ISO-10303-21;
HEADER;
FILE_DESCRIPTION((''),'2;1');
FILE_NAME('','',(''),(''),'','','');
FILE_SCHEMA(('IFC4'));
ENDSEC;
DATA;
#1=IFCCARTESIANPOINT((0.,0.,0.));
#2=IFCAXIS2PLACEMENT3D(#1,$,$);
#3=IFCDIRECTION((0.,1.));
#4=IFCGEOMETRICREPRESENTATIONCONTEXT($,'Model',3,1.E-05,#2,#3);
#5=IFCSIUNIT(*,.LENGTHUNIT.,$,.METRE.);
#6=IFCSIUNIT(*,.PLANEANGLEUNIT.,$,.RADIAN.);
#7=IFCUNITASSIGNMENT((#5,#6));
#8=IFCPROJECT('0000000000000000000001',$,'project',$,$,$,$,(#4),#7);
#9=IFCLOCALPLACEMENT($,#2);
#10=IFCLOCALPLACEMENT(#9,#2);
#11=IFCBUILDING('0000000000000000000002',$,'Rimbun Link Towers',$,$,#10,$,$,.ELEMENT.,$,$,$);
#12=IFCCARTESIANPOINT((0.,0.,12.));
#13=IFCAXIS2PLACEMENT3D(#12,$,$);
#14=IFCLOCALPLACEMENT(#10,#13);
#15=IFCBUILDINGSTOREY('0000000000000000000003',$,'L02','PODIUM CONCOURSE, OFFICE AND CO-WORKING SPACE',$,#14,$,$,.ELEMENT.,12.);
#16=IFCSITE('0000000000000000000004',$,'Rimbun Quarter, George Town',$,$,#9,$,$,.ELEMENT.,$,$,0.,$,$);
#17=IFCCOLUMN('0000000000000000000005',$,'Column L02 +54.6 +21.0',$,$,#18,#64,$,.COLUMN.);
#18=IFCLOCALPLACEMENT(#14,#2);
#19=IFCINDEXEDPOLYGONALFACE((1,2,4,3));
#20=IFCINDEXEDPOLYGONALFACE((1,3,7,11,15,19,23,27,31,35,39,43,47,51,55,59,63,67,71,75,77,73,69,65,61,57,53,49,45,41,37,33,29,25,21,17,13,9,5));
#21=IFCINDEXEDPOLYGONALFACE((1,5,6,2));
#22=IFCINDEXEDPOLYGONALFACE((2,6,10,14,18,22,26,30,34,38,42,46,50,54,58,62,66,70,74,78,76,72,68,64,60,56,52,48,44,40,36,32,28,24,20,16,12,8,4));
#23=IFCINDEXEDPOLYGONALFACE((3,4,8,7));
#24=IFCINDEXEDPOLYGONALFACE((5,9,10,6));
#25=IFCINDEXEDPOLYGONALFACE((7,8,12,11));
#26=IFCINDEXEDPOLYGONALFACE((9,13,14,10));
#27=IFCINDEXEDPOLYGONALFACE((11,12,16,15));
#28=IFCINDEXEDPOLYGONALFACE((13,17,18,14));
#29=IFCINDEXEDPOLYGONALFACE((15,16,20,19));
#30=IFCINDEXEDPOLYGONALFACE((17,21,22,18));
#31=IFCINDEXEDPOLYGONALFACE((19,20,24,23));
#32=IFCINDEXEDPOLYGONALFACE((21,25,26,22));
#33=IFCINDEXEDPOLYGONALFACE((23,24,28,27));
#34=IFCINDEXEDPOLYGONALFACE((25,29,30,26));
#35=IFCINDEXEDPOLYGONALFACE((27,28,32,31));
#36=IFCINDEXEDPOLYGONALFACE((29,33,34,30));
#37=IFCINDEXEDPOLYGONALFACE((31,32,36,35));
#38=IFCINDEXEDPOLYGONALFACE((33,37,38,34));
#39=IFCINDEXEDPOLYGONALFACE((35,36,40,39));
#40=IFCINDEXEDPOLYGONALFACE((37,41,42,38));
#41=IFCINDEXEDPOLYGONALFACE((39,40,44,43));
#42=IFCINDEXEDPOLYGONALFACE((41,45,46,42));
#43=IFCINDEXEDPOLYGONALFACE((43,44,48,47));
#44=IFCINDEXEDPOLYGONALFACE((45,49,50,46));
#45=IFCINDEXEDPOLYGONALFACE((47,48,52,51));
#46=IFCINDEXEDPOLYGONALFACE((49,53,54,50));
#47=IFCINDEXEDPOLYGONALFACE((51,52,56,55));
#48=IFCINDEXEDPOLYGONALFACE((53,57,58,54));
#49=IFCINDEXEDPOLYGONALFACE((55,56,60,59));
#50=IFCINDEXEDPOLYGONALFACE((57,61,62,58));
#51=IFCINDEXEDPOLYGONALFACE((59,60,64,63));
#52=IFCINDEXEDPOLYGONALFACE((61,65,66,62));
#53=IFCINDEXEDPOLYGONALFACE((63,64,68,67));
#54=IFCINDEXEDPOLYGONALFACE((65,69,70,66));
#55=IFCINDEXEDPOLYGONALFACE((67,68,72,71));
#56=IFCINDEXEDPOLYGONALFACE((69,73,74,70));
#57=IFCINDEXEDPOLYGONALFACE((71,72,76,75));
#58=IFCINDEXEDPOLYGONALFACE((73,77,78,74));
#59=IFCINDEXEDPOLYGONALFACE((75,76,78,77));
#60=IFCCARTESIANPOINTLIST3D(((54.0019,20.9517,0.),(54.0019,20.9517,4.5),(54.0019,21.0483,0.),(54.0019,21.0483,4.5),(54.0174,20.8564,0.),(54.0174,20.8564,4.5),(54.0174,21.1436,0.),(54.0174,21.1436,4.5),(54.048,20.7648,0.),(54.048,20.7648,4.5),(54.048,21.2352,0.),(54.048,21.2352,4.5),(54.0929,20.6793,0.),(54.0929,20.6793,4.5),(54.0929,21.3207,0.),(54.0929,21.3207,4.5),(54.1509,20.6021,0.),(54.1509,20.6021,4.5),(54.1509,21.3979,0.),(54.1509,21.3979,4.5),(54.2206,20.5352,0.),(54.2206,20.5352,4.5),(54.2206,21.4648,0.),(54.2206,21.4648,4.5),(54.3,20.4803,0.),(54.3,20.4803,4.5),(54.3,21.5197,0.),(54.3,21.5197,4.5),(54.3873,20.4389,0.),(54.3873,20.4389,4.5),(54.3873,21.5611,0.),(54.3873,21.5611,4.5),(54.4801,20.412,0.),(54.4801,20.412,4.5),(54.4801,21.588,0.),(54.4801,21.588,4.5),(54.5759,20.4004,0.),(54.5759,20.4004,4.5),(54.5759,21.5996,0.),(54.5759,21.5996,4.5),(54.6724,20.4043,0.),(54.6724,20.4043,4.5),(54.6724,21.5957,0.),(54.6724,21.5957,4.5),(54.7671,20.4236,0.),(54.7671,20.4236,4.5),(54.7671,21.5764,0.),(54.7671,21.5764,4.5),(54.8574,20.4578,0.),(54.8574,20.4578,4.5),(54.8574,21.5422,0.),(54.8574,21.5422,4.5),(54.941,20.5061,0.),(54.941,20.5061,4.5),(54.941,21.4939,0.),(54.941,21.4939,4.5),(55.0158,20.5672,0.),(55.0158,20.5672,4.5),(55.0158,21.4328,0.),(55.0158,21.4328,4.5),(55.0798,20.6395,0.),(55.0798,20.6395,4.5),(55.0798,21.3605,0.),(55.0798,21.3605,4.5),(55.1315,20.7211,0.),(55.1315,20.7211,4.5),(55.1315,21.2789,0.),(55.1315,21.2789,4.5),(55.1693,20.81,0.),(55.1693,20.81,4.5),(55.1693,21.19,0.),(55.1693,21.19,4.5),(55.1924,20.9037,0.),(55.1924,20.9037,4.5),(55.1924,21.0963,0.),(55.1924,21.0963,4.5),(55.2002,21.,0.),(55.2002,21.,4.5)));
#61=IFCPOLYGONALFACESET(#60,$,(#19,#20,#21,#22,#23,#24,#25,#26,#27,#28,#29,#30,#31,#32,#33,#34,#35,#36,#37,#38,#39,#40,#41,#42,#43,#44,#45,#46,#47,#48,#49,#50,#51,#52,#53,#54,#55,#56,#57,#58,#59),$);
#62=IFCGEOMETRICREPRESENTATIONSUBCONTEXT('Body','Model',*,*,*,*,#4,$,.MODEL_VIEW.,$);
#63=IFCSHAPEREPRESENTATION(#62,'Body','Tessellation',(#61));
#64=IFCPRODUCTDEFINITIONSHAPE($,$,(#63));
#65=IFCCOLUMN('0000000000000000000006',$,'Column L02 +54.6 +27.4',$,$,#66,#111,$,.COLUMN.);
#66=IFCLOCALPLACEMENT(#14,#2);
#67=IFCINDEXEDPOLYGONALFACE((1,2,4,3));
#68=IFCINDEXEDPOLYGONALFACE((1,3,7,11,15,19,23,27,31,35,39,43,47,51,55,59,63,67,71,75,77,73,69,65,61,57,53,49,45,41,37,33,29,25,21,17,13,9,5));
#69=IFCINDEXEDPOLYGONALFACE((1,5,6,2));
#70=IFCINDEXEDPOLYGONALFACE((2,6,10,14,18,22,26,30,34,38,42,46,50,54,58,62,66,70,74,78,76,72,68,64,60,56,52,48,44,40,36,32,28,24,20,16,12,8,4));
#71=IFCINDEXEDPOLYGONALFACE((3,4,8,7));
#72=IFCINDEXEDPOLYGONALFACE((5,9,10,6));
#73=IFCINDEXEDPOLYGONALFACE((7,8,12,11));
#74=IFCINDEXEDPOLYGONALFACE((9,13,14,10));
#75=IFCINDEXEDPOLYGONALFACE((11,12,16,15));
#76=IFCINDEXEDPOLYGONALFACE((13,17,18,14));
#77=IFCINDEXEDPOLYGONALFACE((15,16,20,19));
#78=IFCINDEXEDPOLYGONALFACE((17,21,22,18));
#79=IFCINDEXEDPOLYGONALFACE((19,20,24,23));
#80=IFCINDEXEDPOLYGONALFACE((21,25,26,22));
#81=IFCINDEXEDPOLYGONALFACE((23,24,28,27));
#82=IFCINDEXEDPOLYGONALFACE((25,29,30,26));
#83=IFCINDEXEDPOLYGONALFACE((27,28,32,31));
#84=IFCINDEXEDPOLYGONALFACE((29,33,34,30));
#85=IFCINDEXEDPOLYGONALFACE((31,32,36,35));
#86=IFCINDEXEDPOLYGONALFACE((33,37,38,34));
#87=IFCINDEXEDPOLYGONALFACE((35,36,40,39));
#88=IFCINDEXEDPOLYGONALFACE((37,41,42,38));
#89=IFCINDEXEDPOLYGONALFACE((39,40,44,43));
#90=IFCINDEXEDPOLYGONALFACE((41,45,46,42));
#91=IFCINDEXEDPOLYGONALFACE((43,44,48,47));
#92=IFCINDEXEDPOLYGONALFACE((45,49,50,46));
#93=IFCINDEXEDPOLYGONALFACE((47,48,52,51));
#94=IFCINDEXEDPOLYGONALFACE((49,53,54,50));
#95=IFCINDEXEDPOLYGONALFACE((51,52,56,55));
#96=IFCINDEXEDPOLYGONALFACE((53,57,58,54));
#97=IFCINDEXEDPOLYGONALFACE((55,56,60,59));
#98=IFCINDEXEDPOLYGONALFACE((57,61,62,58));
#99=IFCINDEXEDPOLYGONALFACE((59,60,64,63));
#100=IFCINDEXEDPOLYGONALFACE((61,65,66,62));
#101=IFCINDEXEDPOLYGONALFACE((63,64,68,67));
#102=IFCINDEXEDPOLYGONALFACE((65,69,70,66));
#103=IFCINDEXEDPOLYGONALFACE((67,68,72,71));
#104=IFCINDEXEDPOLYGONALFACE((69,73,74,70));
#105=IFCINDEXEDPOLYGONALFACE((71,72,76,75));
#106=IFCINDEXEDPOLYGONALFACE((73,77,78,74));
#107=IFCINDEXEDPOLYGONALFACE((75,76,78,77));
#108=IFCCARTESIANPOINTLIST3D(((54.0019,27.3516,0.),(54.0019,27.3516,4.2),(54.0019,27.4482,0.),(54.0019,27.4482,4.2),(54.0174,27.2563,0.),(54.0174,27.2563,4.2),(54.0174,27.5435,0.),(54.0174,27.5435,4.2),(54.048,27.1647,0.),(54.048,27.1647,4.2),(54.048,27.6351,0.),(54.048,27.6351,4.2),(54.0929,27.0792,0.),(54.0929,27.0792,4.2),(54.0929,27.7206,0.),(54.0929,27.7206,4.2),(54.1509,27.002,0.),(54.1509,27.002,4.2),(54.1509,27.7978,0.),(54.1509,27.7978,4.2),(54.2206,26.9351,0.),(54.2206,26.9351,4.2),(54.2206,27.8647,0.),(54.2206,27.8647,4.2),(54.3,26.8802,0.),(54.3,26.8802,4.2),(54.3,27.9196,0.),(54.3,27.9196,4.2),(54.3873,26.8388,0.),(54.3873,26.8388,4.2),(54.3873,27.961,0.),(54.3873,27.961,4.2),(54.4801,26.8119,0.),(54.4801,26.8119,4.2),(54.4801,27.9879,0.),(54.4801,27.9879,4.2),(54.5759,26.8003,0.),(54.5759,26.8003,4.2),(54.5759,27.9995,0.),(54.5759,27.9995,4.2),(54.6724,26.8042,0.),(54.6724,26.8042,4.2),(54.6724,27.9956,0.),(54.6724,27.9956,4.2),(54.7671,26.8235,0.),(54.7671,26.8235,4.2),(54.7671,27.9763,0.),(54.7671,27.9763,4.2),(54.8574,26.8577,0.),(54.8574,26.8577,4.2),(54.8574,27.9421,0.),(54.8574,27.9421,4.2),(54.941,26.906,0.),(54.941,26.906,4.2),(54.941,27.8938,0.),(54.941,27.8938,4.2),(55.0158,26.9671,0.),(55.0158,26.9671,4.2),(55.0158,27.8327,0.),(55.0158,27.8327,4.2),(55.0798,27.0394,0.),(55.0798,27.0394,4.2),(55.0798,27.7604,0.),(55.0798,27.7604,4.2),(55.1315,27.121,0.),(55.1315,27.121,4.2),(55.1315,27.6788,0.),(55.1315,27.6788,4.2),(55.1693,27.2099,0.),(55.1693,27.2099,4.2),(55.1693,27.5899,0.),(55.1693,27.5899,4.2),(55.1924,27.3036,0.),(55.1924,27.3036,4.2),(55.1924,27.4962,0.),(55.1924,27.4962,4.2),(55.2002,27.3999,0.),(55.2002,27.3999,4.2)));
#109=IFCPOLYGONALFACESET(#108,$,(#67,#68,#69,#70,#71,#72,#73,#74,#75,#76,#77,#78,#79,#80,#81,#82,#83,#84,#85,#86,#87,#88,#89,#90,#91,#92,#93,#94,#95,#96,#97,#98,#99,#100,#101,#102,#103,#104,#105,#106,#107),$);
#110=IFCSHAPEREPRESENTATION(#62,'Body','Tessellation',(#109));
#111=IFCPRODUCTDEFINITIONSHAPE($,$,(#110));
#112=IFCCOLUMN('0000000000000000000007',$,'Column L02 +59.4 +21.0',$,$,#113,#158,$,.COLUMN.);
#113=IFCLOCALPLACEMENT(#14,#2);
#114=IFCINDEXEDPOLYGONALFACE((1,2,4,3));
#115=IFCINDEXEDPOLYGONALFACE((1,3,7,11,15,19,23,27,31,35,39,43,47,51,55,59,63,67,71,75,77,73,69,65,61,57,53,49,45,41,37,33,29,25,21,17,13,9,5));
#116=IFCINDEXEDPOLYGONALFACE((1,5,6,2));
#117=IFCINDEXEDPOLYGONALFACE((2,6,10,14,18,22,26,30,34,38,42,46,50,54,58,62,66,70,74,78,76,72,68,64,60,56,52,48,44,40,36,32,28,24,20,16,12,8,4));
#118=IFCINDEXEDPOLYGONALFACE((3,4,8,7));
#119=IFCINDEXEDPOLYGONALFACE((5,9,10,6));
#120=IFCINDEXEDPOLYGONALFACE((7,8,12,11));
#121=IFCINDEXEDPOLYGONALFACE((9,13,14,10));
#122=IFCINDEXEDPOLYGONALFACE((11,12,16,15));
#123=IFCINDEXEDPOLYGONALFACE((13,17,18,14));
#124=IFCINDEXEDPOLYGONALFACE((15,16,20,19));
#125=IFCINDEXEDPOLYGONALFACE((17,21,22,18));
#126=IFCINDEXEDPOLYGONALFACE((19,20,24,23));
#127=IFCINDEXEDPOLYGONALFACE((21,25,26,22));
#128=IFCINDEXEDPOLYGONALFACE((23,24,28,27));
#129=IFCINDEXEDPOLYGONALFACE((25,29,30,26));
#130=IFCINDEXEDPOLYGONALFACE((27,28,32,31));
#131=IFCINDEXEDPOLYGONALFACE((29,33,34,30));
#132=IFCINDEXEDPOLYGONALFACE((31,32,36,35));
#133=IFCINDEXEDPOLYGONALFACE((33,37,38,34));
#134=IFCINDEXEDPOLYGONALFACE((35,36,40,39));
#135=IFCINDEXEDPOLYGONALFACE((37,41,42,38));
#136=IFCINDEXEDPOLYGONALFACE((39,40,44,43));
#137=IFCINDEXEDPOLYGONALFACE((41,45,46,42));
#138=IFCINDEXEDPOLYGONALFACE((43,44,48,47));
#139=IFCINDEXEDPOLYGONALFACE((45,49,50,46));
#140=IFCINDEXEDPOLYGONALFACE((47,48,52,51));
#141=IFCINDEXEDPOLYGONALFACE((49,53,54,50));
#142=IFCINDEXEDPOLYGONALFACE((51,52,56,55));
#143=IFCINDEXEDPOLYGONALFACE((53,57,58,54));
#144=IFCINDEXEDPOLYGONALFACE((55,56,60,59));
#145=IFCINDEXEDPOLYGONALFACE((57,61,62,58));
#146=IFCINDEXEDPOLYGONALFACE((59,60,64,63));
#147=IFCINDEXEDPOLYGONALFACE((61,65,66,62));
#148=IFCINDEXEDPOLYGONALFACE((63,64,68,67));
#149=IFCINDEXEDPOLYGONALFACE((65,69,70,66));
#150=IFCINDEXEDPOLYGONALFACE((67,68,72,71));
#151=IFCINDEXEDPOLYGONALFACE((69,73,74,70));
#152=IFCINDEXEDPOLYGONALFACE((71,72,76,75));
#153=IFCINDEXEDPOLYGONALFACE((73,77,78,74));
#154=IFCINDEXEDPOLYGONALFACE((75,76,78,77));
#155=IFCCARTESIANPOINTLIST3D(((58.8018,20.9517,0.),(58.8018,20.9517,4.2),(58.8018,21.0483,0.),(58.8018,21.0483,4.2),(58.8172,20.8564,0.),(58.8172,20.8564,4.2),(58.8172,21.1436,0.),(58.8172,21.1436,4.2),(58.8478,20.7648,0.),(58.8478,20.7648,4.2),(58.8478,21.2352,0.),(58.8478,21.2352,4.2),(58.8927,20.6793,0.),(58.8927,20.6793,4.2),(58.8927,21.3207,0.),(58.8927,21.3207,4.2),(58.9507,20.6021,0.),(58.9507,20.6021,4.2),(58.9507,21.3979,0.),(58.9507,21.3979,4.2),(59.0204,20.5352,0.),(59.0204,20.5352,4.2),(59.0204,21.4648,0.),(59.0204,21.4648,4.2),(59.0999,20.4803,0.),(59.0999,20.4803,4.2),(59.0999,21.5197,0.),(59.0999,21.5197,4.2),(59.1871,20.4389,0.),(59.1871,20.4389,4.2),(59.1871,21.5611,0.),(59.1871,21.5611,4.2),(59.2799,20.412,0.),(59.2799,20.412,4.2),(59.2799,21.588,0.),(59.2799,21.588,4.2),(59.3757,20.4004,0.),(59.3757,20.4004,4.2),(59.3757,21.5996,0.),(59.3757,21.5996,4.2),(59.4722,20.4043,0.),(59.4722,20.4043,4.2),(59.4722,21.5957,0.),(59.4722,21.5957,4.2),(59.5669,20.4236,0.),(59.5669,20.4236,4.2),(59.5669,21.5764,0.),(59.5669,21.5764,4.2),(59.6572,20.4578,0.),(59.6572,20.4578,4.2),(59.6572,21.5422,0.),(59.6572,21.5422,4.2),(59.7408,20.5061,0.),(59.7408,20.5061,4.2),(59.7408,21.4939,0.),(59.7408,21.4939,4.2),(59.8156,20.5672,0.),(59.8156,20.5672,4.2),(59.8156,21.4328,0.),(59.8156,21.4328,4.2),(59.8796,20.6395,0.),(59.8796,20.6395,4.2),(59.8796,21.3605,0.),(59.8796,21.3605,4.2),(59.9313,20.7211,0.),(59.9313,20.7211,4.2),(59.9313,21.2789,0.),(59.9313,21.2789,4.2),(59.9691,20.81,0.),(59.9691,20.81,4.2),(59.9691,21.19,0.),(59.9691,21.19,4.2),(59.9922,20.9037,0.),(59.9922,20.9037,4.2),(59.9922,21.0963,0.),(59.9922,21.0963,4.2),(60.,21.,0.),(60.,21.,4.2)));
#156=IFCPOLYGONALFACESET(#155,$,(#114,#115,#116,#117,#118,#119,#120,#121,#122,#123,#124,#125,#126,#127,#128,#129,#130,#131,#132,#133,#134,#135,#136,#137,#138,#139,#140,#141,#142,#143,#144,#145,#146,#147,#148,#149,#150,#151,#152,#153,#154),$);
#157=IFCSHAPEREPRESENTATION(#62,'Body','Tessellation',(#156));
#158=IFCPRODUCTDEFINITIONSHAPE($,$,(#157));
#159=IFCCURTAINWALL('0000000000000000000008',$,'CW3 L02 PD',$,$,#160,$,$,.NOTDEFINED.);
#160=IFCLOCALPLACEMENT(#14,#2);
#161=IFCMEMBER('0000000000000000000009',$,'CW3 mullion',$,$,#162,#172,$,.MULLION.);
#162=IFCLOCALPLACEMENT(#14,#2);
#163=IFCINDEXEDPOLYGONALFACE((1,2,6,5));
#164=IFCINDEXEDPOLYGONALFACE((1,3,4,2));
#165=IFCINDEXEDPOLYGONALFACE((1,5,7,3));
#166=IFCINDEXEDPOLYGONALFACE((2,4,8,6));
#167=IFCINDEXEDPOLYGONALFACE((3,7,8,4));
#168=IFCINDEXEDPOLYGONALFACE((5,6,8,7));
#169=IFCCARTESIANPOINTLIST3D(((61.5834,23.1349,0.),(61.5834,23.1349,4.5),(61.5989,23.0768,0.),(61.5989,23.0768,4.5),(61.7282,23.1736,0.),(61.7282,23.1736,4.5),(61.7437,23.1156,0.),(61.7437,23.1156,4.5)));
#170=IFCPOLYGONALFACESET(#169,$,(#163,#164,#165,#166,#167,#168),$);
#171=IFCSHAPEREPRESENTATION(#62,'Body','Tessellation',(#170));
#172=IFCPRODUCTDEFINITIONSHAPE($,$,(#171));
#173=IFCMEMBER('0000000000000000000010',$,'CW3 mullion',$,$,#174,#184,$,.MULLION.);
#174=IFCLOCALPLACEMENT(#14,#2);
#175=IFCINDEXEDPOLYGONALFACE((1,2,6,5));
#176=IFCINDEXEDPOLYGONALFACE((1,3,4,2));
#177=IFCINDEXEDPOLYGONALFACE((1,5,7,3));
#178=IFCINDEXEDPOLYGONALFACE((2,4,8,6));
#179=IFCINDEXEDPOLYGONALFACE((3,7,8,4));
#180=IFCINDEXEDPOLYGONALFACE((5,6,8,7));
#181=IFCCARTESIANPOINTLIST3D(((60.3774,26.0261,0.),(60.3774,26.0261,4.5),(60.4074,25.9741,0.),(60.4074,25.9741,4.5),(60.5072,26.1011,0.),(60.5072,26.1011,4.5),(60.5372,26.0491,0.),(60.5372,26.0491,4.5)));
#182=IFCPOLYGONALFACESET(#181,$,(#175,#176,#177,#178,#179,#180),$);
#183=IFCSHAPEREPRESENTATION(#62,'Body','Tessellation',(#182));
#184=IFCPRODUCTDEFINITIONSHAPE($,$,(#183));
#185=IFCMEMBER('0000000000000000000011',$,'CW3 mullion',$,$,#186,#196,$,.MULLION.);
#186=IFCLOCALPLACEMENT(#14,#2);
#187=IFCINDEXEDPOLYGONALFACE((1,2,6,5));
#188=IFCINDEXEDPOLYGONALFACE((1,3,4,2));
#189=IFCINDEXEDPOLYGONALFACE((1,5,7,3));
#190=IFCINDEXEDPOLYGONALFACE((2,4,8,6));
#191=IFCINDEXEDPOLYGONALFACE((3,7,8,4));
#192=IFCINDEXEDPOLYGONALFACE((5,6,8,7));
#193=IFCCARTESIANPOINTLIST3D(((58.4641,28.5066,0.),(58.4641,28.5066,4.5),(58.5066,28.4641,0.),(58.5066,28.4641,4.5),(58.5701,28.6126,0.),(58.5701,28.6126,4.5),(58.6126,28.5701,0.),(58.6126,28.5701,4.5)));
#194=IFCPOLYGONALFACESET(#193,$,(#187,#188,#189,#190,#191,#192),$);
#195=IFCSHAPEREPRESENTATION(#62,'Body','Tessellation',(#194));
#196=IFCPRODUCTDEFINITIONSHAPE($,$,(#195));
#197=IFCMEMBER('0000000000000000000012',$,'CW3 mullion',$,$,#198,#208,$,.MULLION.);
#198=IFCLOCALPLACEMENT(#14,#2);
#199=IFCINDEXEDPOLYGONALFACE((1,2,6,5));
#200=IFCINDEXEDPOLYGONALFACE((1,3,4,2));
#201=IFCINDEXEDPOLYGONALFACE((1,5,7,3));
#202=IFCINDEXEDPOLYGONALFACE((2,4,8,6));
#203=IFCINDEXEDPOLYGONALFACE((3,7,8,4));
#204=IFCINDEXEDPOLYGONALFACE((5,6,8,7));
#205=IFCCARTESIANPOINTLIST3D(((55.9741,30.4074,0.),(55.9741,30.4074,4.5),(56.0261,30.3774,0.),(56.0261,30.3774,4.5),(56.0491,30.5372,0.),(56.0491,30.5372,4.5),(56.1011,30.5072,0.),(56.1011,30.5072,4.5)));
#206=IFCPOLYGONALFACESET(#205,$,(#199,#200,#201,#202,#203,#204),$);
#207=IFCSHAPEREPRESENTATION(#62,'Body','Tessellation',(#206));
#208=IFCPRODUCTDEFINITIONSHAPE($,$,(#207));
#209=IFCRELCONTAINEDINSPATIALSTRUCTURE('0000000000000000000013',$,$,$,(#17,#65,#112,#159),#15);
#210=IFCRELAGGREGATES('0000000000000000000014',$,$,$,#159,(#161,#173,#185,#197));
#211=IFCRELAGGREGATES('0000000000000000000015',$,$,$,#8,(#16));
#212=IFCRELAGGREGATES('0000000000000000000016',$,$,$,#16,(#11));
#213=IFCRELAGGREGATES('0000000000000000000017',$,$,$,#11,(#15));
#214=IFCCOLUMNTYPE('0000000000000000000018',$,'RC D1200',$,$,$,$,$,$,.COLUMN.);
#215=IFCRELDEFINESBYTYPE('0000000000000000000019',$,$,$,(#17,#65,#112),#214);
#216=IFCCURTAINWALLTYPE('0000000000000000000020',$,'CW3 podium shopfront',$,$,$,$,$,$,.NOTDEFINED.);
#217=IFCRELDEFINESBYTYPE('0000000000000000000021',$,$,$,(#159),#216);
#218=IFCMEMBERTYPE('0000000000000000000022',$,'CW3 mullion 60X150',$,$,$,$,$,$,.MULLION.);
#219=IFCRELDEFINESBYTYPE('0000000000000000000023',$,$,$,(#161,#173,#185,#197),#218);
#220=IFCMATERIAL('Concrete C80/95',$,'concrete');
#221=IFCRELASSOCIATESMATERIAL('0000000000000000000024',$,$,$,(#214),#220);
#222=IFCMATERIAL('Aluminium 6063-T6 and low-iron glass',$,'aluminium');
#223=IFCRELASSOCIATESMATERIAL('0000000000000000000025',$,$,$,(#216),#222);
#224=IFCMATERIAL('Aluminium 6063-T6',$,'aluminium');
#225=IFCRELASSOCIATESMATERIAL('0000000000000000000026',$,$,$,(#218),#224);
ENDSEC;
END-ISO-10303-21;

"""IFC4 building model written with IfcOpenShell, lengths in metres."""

from ifc_helpers import new_model, si_unit, direction, frame, origin, origin_2d, place, context, subcontext, project, spatial, rectangle, circle, extrude, material, material_profile, profile_set, type_object, element, aggregate, save


model = new_model("IFC4")

# Units and contexts
model_context = context("Model", 3, precision=1e-05, world=origin(), true_north=direction((0.0, 1.0)))
body_context = subcontext(model_context, "Body", "Model", "MODEL_VIEW")
ifc_project = project(units=[si_unit("LENGTHUNIT", "METRE"), si_unit("PLANEANGLEUNIT", "RADIAN")], contexts=[model_context])

# Site, building, storey
site_placement = place(None, origin())
site = spatial("IfcSite", under=ifc_project, at=site_placement, Name="Rimbun Quarter, George Town", CompositionType="ELEMENT", RefElevation=0.0)
building_placement = place(site_placement, origin())
building = spatial("IfcBuilding", under=site, at=building_placement, Name="Rimbun Link Towers", CompositionType="ELEMENT")
storey_placement = place(building_placement, frame((0.0, 0.0, 12.0)))
storey = spatial("IfcBuildingStorey", under=building, at=storey_placement, Name="L02", Description="PODIUM CONCOURSE, OFFICE AND CO-WORKING SPACE", CompositionType="ELEMENT", Elevation=12.0)

# Columns
ifc_material_1 = material(Name="Concrete C80/95", Category="concrete")
ifc_material_profile_1 = material_profile(ifc_material_1, circle(Radius=0.6001, at=origin_2d()), Name="RC D1200")
ifc_profile_set_1 = profile_set([ifc_material_profile_1], Name="Concrete C80/95")
column_type = type_object("IfcColumnType", Name="RC D1200", PredefinedType="COLUMN", material=ifc_profile_set_1)
column_placement = place(storey_placement, frame((54.6001, 21.0, 0.0), z_axis=(0.0, 0.0, 1.0), x_axis=(1.0, 0.0, 0.0)))
element("IfcColumn", 1, at=column_placement, inside=storey, type_object=column_type, Name="Column L02 +54.6 +21.0", PredefinedType="COLUMN", context=body_context, shape_type="SweptSolid", body=[
    extrude(circle(Radius=0.6001, at=origin_2d()), origin(), (0.0, 0.0, 1.0), 4.5),
])
for number, where, z_axis, x_axis, name in (
    (2, (54.6001, 27.3999, 0.0), (0.0, 0.0, 1.0), (1.0, 0.0, 0.0), "Column L02 +54.6 +27.4"),
    (3, (59.3999, 21.0, 0.0), (0.0, 0.0, 1.0), (1.0, 0.0, 0.0), "Column L02 +59.4 +21.0"),
):
    element("IfcColumn", number, at=place(storey_placement, frame(where, z_axis=z_axis, x_axis=x_axis)), inside=storey, type_object=column_type, Name=name, PredefinedType="COLUMN", context=body_context, shape_type="SweptSolid", body=[
        extrude(circle(Radius=0.6001, at=origin_2d()), origin(), (0.0, 0.0, 1.0), 4.2),
    ])

# Curtain wall, members
ifc_material_2 = material(Name="Aluminium 6063-T6 and low-iron glass", Category="aluminium")
curtain_wall_type = type_object("IfcCurtainWallType", Name="CW3 podium shopfront", PredefinedType="NOTDEFINED", material=ifc_material_2)
curtain_wall_placement = place(storey_placement, origin())
curtain_wall = element("IfcCurtainWall", 4, at=curtain_wall_placement, inside=storey, type_object=curtain_wall_type, Name="CW3 L02 PD", PredefinedType="NOTDEFINED")
ifc_material_3 = material(Name="Aluminium 6063-T6", Category="aluminium")
ifc_material_profile_2 = material_profile(ifc_material_3, rectangle(XDim=0.1499, YDim=0.0601, at=origin_2d()), Name="MULLION 60X150")
ifc_profile_set_2 = profile_set([ifc_material_profile_2], Name="Aluminium 6063-T6")
member_type_1 = type_object("IfcMemberType", Name="CW3 mullion 60X150", PredefinedType="MULLION", material=ifc_profile_set_2)
member_1_placement = place(storey_placement, frame((61.6636, 23.1252, 0.0), z_axis=(0.0, 0.0, 1.0), x_axis=(0.965926, 0.258819, 0.0)))
member_1 = element("IfcMember", 5, at=member_1_placement, type_object=member_type_1, Name="CW3 mullion", PredefinedType="MULLION", context=body_context, shape_type="SweptSolid", body=[
    extrude(rectangle(XDim=0.1499, YDim=0.0601, at=origin_2d()), origin(), (0.0, 0.0, 1.0), 4.5),
])
member_2_placement = place(storey_placement, frame((60.4573, 26.0376, 0.0), z_axis=(0.0, 0.0, 1.0), x_axis=(0.866029, 0.499994, 0.0)))
member_2 = element("IfcMember", 6, at=member_2_placement, type_object=member_type_1, Name="CW3 mullion", PredefinedType="MULLION", context=body_context, shape_type="SweptSolid", body=[
    extrude(rectangle(XDim=0.1499, YDim=0.0601, at=origin_2d()), origin(), (0.0, 0.0, 1.0), 4.5),
])
member_3_placement = place(storey_placement, frame((58.5383, 28.5383, 0.0), z_axis=(0.0, 0.0, 1.0), x_axis=(0.707107, 0.707107, 0.0)))
member_3 = element("IfcMember", 7, at=member_3_placement, type_object=member_type_1, Name="CW3 mullion", PredefinedType="MULLION", context=body_context, shape_type="SweptSolid", body=[
    extrude(rectangle(XDim=0.1499, YDim=0.0601, at=origin_2d()), origin(), (0.0, 0.0, 1.0), 4.5),
])
member_4_placement = place(storey_placement, frame((56.0376, 30.4573, 0.0), z_axis=(0.0, 0.0, 1.0), x_axis=(0.499994, 0.866029, 0.0)))
member_4 = element("IfcMember", 8, at=member_4_placement, type_object=member_type_1, Name="CW3 mullion", PredefinedType="MULLION", context=body_context, shape_type="SweptSolid", body=[
    extrude(rectangle(XDim=0.1499, YDim=0.0601, at=origin_2d()), origin(), (0.0, 0.0, 1.0), 4.5),
])

aggregate(curtain_wall, [member_1, member_2, member_3, member_4])

save(model, "model.ifc")
